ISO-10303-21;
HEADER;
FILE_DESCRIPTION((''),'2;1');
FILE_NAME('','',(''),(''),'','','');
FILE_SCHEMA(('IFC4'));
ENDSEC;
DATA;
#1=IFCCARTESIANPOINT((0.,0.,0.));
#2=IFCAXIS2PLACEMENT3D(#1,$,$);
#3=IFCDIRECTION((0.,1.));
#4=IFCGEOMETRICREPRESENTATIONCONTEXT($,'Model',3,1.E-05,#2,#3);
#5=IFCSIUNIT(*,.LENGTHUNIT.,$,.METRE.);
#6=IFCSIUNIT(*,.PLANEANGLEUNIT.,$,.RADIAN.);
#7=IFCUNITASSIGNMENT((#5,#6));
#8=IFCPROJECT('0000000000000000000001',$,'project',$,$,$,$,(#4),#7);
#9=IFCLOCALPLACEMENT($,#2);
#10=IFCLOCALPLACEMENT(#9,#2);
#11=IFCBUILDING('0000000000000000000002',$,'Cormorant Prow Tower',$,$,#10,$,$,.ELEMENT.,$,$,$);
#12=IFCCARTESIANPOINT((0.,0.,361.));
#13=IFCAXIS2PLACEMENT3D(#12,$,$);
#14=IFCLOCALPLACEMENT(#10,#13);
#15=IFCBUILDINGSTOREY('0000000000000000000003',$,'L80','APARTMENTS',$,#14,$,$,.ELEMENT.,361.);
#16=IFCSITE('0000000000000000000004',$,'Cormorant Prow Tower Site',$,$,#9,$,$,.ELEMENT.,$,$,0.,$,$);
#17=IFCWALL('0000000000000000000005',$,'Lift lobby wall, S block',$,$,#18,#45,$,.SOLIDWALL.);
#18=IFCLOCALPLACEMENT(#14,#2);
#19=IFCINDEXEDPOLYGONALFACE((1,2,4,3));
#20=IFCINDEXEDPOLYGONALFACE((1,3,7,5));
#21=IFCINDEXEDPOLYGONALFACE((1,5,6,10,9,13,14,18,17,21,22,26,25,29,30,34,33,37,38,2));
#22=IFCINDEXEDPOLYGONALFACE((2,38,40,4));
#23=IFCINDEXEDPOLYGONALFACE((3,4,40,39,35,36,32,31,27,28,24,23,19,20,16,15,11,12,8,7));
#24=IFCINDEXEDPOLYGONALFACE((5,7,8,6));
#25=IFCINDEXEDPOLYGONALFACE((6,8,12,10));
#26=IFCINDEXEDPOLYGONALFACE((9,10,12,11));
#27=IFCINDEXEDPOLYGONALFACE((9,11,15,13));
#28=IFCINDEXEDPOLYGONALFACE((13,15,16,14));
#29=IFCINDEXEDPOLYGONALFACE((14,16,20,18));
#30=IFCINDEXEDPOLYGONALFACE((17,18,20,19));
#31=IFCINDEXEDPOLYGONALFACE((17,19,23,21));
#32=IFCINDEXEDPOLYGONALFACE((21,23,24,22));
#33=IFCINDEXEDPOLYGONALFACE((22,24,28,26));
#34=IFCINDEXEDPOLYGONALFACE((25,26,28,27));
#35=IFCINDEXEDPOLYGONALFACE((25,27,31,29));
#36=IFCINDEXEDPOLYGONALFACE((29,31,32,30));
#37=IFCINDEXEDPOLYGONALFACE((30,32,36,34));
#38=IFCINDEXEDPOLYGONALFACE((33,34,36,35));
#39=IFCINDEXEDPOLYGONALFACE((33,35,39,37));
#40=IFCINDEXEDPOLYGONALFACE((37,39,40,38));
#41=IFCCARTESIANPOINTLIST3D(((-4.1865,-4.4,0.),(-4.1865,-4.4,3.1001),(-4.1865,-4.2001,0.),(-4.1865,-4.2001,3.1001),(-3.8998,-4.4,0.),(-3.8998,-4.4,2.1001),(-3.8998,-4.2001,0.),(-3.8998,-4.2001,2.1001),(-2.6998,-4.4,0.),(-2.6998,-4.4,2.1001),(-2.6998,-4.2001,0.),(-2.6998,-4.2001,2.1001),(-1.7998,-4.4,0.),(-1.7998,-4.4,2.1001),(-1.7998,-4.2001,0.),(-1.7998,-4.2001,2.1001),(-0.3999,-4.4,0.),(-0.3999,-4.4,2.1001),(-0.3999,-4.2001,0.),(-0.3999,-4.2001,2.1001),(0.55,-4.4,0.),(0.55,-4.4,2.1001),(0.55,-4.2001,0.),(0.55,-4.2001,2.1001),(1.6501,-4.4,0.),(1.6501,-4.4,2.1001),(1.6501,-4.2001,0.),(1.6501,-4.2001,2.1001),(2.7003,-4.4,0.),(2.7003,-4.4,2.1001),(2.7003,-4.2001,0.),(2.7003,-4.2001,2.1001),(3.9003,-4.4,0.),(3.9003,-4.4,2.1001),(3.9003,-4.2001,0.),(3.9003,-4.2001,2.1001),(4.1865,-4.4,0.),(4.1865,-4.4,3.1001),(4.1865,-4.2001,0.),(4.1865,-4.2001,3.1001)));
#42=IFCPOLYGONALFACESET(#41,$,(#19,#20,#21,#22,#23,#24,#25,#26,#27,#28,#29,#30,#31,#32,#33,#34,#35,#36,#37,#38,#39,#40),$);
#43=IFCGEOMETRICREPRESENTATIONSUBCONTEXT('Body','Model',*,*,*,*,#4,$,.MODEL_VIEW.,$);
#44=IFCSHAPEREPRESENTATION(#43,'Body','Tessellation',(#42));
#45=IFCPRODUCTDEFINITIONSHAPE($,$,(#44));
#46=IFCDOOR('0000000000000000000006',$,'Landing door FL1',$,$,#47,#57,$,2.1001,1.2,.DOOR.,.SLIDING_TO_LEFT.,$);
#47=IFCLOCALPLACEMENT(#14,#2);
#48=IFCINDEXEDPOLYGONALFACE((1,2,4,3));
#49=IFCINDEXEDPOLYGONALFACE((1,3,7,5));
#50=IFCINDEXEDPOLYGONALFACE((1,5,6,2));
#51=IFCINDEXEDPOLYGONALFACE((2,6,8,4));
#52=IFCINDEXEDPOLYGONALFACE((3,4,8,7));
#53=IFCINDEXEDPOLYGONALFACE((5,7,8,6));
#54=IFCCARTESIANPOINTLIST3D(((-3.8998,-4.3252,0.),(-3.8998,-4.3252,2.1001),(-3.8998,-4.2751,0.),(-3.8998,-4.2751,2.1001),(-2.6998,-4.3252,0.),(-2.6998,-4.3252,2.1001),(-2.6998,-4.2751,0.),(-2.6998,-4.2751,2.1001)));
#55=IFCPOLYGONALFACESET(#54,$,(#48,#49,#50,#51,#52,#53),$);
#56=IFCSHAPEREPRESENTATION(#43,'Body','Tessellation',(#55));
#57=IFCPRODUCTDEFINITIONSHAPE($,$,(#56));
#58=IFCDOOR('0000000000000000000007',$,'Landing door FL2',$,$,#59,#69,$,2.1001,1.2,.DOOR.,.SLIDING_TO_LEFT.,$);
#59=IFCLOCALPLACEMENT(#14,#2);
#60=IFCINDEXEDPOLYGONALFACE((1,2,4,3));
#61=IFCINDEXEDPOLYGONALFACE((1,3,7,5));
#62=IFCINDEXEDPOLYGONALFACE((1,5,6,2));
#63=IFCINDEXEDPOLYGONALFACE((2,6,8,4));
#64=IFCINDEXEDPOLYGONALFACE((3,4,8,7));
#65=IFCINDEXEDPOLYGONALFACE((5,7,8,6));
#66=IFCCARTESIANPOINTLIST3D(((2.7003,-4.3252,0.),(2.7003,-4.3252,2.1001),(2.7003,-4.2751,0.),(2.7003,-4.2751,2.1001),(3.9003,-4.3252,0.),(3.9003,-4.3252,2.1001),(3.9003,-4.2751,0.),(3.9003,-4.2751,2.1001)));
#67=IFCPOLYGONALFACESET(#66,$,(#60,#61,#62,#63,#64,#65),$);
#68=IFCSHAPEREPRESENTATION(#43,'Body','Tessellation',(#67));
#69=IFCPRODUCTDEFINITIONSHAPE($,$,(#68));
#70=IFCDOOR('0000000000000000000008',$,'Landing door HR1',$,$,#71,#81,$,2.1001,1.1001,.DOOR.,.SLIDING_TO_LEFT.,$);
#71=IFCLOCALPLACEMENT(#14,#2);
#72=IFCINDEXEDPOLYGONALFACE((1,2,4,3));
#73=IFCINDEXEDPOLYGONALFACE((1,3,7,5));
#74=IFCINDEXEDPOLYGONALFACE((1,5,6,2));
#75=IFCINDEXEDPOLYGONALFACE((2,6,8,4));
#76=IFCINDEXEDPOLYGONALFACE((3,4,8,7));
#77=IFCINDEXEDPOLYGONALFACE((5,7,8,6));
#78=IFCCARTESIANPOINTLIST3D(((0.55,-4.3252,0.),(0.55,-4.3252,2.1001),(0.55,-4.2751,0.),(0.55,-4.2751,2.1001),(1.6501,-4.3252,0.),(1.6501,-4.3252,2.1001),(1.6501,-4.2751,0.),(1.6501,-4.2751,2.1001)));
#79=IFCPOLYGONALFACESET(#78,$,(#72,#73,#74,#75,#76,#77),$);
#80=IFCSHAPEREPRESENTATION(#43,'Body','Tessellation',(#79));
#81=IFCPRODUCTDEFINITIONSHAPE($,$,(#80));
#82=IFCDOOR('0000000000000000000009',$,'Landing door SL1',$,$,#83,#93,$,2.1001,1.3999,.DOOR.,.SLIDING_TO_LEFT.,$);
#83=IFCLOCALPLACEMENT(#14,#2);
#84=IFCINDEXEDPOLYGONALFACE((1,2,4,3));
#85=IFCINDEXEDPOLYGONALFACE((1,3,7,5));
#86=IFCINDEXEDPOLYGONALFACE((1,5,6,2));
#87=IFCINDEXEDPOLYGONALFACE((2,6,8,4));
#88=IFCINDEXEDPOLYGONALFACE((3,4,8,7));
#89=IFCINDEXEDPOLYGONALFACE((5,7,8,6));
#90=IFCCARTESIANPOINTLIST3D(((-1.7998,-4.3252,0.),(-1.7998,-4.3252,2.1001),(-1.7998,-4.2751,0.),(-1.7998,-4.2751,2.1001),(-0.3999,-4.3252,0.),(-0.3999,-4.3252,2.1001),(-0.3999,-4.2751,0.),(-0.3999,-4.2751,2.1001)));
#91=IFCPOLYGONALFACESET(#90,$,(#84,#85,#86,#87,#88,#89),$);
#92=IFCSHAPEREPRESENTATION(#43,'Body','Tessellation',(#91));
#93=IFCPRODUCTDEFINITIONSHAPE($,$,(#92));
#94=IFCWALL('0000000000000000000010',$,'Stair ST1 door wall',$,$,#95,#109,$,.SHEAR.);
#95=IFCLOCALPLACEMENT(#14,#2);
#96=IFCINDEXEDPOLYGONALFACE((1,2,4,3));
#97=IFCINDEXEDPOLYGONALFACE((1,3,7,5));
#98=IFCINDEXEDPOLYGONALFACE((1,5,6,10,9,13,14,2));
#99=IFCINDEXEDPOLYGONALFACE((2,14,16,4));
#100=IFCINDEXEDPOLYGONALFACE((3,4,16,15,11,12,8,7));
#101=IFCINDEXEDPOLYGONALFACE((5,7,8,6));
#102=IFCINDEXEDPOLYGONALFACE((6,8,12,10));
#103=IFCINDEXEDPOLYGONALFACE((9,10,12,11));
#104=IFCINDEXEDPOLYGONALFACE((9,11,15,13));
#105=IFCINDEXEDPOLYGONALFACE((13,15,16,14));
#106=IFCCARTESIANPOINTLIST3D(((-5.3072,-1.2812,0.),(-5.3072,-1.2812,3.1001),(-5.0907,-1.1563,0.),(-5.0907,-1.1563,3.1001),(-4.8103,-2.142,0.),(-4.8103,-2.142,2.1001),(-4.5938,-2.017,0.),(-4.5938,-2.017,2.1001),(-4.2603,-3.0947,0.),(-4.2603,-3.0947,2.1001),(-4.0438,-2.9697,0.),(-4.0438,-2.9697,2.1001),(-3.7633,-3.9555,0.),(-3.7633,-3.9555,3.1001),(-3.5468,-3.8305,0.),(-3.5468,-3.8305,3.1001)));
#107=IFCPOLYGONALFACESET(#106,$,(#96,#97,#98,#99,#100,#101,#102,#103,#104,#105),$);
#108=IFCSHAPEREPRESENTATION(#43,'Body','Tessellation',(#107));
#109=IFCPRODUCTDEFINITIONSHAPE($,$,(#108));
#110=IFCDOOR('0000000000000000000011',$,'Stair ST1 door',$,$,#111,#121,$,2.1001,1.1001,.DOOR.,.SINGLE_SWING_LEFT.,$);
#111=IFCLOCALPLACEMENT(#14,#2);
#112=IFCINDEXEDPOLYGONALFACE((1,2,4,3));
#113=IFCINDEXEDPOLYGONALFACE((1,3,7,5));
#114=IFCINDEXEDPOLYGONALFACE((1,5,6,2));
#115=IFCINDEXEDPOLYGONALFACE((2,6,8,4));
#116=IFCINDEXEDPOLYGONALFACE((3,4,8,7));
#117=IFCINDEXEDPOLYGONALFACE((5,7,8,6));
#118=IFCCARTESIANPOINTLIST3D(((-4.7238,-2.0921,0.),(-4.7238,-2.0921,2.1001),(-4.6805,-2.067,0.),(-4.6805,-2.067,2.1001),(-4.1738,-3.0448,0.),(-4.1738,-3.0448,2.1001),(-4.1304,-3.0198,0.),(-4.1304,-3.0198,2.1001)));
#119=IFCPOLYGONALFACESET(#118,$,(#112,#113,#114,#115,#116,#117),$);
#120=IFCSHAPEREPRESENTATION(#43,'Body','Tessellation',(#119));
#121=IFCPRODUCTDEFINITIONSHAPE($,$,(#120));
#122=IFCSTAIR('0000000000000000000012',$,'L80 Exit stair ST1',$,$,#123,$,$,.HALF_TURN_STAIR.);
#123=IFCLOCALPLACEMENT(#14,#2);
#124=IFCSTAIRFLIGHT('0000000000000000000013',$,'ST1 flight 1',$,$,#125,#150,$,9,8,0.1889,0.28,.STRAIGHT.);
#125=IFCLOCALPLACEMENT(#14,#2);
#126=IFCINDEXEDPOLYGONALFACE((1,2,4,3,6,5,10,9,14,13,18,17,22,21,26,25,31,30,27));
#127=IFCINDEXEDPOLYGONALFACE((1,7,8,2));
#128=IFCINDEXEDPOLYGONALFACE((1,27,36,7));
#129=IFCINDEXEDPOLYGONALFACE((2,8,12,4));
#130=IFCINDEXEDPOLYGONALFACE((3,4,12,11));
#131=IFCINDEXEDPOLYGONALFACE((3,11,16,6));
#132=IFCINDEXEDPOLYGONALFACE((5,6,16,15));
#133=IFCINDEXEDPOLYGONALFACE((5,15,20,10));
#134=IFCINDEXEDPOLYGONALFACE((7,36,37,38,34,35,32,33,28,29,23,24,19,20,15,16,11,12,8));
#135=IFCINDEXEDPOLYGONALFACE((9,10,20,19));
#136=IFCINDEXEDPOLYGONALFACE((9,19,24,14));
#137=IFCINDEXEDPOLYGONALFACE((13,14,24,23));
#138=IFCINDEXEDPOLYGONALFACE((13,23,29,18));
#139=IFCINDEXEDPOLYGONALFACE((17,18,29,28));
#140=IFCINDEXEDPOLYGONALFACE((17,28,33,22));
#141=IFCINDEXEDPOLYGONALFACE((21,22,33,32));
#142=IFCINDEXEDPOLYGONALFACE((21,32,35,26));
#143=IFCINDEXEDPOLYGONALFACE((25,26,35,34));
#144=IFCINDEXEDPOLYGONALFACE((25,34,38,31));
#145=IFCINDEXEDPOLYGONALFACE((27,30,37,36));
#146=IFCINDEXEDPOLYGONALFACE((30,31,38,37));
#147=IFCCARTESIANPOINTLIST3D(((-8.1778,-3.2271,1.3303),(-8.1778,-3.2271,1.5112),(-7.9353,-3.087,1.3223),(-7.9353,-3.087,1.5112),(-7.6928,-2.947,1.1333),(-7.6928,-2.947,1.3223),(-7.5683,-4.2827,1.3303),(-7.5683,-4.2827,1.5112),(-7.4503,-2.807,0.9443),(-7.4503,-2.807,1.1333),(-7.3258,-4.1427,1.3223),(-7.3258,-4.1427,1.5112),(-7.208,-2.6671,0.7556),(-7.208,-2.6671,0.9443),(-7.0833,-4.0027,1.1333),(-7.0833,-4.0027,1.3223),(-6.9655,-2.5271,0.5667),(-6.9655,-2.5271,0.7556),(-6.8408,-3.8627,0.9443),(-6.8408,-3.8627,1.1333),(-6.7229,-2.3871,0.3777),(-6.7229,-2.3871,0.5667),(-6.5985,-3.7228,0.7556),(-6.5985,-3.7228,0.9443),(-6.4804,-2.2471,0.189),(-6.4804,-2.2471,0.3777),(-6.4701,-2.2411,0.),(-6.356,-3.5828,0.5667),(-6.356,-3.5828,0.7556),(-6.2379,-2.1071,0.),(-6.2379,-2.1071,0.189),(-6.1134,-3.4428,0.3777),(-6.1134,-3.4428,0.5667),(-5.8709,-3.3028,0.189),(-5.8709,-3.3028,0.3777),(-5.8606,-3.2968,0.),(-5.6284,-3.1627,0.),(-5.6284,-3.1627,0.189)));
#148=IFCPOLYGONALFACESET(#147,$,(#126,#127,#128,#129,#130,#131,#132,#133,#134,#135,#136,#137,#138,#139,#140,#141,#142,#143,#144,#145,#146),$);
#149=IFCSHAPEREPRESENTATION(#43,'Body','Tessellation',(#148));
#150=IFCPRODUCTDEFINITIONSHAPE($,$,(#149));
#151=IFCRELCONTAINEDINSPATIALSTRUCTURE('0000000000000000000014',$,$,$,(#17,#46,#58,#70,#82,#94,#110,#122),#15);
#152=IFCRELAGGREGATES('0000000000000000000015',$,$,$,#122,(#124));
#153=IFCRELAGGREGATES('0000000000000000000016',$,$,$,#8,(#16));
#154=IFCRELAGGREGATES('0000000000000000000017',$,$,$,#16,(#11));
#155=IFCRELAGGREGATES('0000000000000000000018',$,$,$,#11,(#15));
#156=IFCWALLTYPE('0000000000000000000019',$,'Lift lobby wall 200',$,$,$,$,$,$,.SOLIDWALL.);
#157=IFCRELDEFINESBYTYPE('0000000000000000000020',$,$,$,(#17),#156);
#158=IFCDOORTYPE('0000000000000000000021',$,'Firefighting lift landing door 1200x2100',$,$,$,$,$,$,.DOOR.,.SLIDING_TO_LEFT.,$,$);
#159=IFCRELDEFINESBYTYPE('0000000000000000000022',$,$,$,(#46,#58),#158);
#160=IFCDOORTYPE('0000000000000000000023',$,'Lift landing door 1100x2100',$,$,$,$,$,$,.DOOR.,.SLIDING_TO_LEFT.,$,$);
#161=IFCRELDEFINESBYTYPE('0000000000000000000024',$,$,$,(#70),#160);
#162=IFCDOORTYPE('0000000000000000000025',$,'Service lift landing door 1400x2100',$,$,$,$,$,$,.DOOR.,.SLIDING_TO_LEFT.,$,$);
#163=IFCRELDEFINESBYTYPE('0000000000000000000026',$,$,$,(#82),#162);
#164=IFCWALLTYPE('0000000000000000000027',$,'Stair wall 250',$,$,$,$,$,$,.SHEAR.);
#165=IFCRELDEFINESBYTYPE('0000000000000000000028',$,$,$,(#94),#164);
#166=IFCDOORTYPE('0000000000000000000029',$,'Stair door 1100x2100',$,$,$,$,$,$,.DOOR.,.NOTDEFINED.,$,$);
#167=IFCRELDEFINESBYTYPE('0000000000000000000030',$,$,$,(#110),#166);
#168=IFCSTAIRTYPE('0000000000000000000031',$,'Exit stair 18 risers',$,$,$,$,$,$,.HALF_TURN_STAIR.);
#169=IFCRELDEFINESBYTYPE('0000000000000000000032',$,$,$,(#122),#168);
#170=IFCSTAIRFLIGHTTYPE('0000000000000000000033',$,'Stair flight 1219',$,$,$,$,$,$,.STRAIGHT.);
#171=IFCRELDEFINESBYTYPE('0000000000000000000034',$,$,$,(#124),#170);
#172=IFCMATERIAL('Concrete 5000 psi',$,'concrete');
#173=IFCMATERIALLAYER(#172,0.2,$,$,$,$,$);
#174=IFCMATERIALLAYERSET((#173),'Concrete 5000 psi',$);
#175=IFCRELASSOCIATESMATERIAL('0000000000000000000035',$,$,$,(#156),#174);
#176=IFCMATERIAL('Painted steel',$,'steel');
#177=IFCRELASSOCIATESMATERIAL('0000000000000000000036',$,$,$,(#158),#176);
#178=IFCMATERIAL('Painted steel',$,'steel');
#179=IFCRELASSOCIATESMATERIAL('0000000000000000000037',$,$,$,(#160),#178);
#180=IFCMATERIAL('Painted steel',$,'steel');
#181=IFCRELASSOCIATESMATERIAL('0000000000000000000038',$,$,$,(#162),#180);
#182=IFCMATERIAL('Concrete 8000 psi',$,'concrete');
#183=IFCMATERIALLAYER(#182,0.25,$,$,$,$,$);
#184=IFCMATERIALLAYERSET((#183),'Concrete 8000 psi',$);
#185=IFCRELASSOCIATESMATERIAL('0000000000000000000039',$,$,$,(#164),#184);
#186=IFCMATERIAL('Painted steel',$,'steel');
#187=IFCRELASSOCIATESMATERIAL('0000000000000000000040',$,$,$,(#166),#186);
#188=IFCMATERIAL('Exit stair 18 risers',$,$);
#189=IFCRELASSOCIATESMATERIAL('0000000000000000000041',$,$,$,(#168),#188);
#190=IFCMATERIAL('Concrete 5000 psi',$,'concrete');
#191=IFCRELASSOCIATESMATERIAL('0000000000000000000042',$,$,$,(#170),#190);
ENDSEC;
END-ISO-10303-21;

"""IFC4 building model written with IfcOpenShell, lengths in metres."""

from ifc_helpers import new_model, si_unit, direction, frame, frame_2d, origin, place, context, subcontext, project, spatial, polyline, rectangle, outline, extrude, material, layer, layer_set, type_object, element, fill, aggregate, save


model = new_model("IFC4")

# Units and contexts
model_context = context("Model", 3, precision=1e-05, world=origin(), true_north=direction((0.0, 1.0)))
body_context = subcontext(model_context, "Body", "Model", "MODEL_VIEW")
ifc_project = project(units=[si_unit("LENGTHUNIT", "METRE"), si_unit("PLANEANGLEUNIT", "RADIAN")], contexts=[model_context])

# Site, building, storey
site_placement = place(None, origin())
site = spatial("IfcSite", under=ifc_project, at=site_placement, Name="Cormorant Prow Tower Site", CompositionType="ELEMENT", RefElevation=0.0)
building_placement = place(site_placement, origin())
building = spatial("IfcBuilding", under=site, at=building_placement, Name="Cormorant Prow Tower", CompositionType="ELEMENT")
storey_placement = place(building_placement, frame((0.0, 0.0, 361.0)))
storey = spatial("IfcBuildingStorey", under=building, at=storey_placement, Name="L80", Description="APARTMENTS", CompositionType="ELEMENT", Elevation=361.0)

# Wall, openings, doors
ifc_material_1 = material(Name="Concrete 5000 psi", Category="concrete")
ifc_layer_1 = layer(ifc_material_1, 0.2)
ifc_layer_set_1 = layer_set([ifc_layer_1], Name="Concrete 5000 psi")
wall_type_1 = type_object("IfcWallType", Name="Lift lobby wall 200", PredefinedType="SOLIDWALL", material=ifc_layer_set_1)
wall_1_placement = place(storey_placement, frame((-4.1865, -4.3, 0.0), z_axis=(0.0, 0.0, 1.0), x_axis=(1.0, 0.0, 0.0)))
wall_1 = element("IfcWall", 1, at=wall_1_placement, inside=storey, type_object=wall_type_1, Name="Lift lobby wall, S block", PredefinedType="SOLIDWALL", context=body_context, shape_type="SweptSolid", body=[
    extrude(rectangle(XDim=8.373, YDim=0.2, at=frame_2d((4.1865, 0.0))), origin(), (0.0, 0.0, 1.0), 3.1001),
])
opening_1_placement = place(wall_1_placement, frame((0.2866, 0.0, 0.0)))
opening_1 = element("IfcOpeningElement", 2, at=opening_1_placement, cuts=wall_1, PredefinedType="OPENING", context=body_context, shape_type="SweptSolid", body=[
    extrude(rectangle(XDim=1.2, YDim=2.1001, at=frame_2d((0.6001, 1.05))), frame((0.0, 0.1099, 0.0), z_axis=(0.0, -1.0, 0.0), x_axis=(1.0, 0.0, 0.0)), (0.0, 0.0, 1.0), 0.22),
])
opening_2_placement = place(wall_1_placement, frame((2.3867, 0.0, 0.0)))
opening_2 = element("IfcOpeningElement", 3, at=opening_2_placement, cuts=wall_1, PredefinedType="OPENING", context=body_context, shape_type="SweptSolid", body=[
    extrude(rectangle(XDim=1.3999, YDim=2.1001, at=frame_2d((0.7, 1.05))), frame((0.0, 0.1099, 0.0), z_axis=(0.0, -1.0, 0.0), x_axis=(1.0, 0.0, 0.0)), (0.0, 0.0, 1.0), 0.22),
])
opening_3_placement = place(wall_1_placement, frame((4.7366, 0.0, 0.0)))
opening_3 = element("IfcOpeningElement", 4, at=opening_3_placement, cuts=wall_1, PredefinedType="OPENING", context=body_context, shape_type="SweptSolid", body=[
    extrude(rectangle(XDim=1.1001, YDim=2.1001, at=frame_2d((0.55, 1.05))), frame((0.0, 0.1099, 0.0), z_axis=(0.0, -1.0, 0.0), x_axis=(1.0, 0.0, 0.0)), (0.0, 0.0, 1.0), 0.22),
])
opening_4_placement = place(wall_1_placement, frame((6.8867, 0.0, 0.0)))
opening_4 = element("IfcOpeningElement", 5, at=opening_4_placement, cuts=wall_1, PredefinedType="OPENING", context=body_context, shape_type="SweptSolid", body=[
    extrude(rectangle(XDim=1.2, YDim=2.1001, at=frame_2d((0.6001, 1.05))), frame((0.0, 0.1099, 0.0), z_axis=(0.0, -1.0, 0.0), x_axis=(1.0, 0.0, 0.0)), (0.0, 0.0, 1.0), 0.22),
])
ifc_material_2 = material(Name="Painted steel", Category="steel")
door_type_1 = type_object("IfcDoorType", Name="Firefighting lift landing door 1200x2100", OperationType="SLIDING_TO_LEFT", PredefinedType="DOOR", material=ifc_material_2)
door_1_placement = place(opening_1_placement, origin())
door_1 = element("IfcDoor", 6, at=door_1_placement, inside=storey, type_object=door_type_1, Name="Landing door FL1", OperationType="SLIDING_TO_LEFT", OverallHeight=2.1001, OverallWidth=1.2, PredefinedType="DOOR", context=body_context, shape_type="SweptSolid", body=[
    extrude(rectangle(XDim=1.2, YDim=2.1001, at=frame_2d((0.6001, 1.05))), frame((0.0, 0.0249, 0.0), z_axis=(0.0, -1.0, 0.0), x_axis=(1.0, 0.0, 0.0)), (0.0, 0.0, 1.0), 0.05),
])
fill(opening_1, door_1)
door_2_placement = place(opening_4_placement, origin())
door_2 = element("IfcDoor", 7, at=door_2_placement, inside=storey, type_object=door_type_1, Name="Landing door FL2", OperationType="SLIDING_TO_LEFT", OverallHeight=2.1001, OverallWidth=1.2, PredefinedType="DOOR", context=body_context, shape_type="SweptSolid", body=[
    extrude(rectangle(XDim=1.2, YDim=2.1001, at=frame_2d((0.6001, 1.05))), frame((0.0, 0.0249, 0.0), z_axis=(0.0, -1.0, 0.0), x_axis=(1.0, 0.0, 0.0)), (0.0, 0.0, 1.0), 0.05),
])
fill(opening_4, door_2)
ifc_material_3 = material(Name="Painted steel", Category="steel")
door_type_2 = type_object("IfcDoorType", Name="Lift landing door 1100x2100", OperationType="SLIDING_TO_LEFT", PredefinedType="DOOR", material=ifc_material_3)
door_3_placement = place(opening_3_placement, origin())
door_3 = element("IfcDoor", 8, at=door_3_placement, inside=storey, type_object=door_type_2, Name="Landing door HR1", OperationType="SLIDING_TO_LEFT", OverallHeight=2.1001, OverallWidth=1.1001, PredefinedType="DOOR", context=body_context, shape_type="SweptSolid", body=[
    extrude(rectangle(XDim=1.1001, YDim=2.1001, at=frame_2d((0.55, 1.05))), frame((0.0, 0.0249, 0.0), z_axis=(0.0, -1.0, 0.0), x_axis=(1.0, 0.0, 0.0)), (0.0, 0.0, 1.0), 0.05),
])
fill(opening_3, door_3)
ifc_material_4 = material(Name="Painted steel", Category="steel")
door_type_3 = type_object("IfcDoorType", Name="Service lift landing door 1400x2100", OperationType="SLIDING_TO_LEFT", PredefinedType="DOOR", material=ifc_material_4)
door_4_placement = place(opening_2_placement, origin())
door_4 = element("IfcDoor", 9, at=door_4_placement, inside=storey, type_object=door_type_3, Name="Landing door SL1", OperationType="SLIDING_TO_LEFT", OverallHeight=2.1001, OverallWidth=1.3999, PredefinedType="DOOR", context=body_context, shape_type="SweptSolid", body=[
    extrude(rectangle(XDim=1.3999, YDim=2.1001, at=frame_2d((0.7, 1.05))), frame((0.0, 0.0249, 0.0), z_axis=(0.0, -1.0, 0.0), x_axis=(1.0, 0.0, 0.0)), (0.0, 0.0, 1.0), 0.05),
])
fill(opening_2, door_4)

# Wall, opening, door
ifc_material_5 = material(Name="Concrete 8000 psi", Category="concrete")
ifc_layer_2 = layer(ifc_material_5, 0.25)
ifc_layer_set_2 = layer_set([ifc_layer_2], Name="Concrete 8000 psi")
wall_type_2 = type_object("IfcWallType", Name="Stair wall 250", PredefinedType="SHEAR", material=ifc_layer_set_2)
wall_2_placement = place(storey_placement, frame((-5.199, -1.2188, 0.0), z_axis=(0.0, 0.0, 1.0), x_axis=(0.499983, -0.866035, 0.0)))
wall_2 = element("IfcWall", 10, at=wall_2_placement, inside=storey, type_object=wall_type_2, Name="Stair ST1 door wall", PredefinedType="SHEAR", context=body_context, shape_type="SweptSolid", body=[
    extrude(rectangle(XDim=3.0879, YDim=0.25, at=frame_2d((1.5439, 0.0))), origin(), (0.0, 0.0, 1.0), 3.1001),
])
opening_5_placement = place(wall_2_placement, frame((0.9939, 0.0, 0.0)))
opening_5 = element("IfcOpeningElement", 11, at=opening_5_placement, cuts=wall_2, PredefinedType="OPENING", context=body_context, shape_type="SweptSolid", body=[
    extrude(rectangle(XDim=1.1001, YDim=2.1001, at=frame_2d((0.55, 1.05))), frame((0.0, 0.135, 0.0), z_axis=(0.0, -1.0, 0.0), x_axis=(1.0, 0.0, 0.0)), (0.0, 0.0, 1.0), 0.27),
])
ifc_material_6 = material(Name="Painted steel", Category="steel")
door_type_4 = type_object("IfcDoorType", Name="Stair door 1100x2100", OperationType="NOTDEFINED", PredefinedType="DOOR", material=ifc_material_6)
door_5_placement = place(opening_5_placement, origin())
door_5 = element("IfcDoor", 12, at=door_5_placement, inside=storey, type_object=door_type_4, Name="Stair ST1 door", OperationType="SINGLE_SWING_LEFT", OverallHeight=2.1001, OverallWidth=1.1001, PredefinedType="DOOR", context=body_context, shape_type="SweptSolid", body=[
    extrude(rectangle(XDim=1.1001, YDim=2.1001, at=frame_2d((0.55, 1.05))), frame((0.0, 0.0249, 0.0), z_axis=(0.0, -1.0, 0.0), x_axis=(1.0, 0.0, 0.0)), (0.0, 0.0, 1.0), 0.05),
])
fill(opening_5, door_5)

# Stair, stair flight
ifc_material_7 = material(Name="Exit stair 18 risers")
stair_type = type_object("IfcStairType", Name="Exit stair 18 risers", PredefinedType="HALF_TURN_STAIR", material=ifc_material_7)
stair_placement = place(storey_placement, origin())
stair = element("IfcStair", 13, at=stair_placement, inside=storey, type_object=stair_type, Name="L80 Exit stair ST1", PredefinedType="HALF_TURN_STAIR")
ifc_material_8 = material(Name="Concrete 5000 psi", Category="concrete")
stair_flight_type = type_object("IfcStairFlightType", Name="Stair flight 1219", PredefinedType="STRAIGHT", material=ifc_material_8)
stair_flight_placement = place(storey_placement, frame((-5.9331, -2.635, 0.0), z_axis=(0.0, 0.0, 1.0), x_axis=(-0.866025, -0.5, 0.0)))
stair_flight = element("IfcStairFlight", 14, at=stair_flight_placement, type_object=stair_flight_type, Name="ST1 flight 1", NumberOfRisers=9, NumberOfTreads=8, PredefinedType="STRAIGHT", RiserHeight=0.1889, TreadLength=0.28, context=body_context, shape_type="SweptSolid", body=[
    extrude(outline(polyline([(0.0, 0.0), (0.0, 0.189), (0.28, 0.189), (0.28, 0.3777), (0.5601, 0.3777), (0.5601, 0.5667), (0.8401, 0.5667), (0.8401, 0.7556), (1.1201, 0.7556), (1.1201, 0.9443), (1.3999, 0.9443), (1.3999, 1.1333), (1.6799, 1.1333), (1.6799, 1.3223), (1.96, 1.3223), (1.96, 1.5112), (2.24, 1.5112), (2.24, 1.7), (2.24, 1.3303), (0.2681, 0.0), (0.0, 0.0)])), frame((0.0, 0.6094, 0.0), z_axis=(0.0, -1.0, 0.0), x_axis=(1.0, 0.0, 0.0)), (0.0, 0.0, 1.0), 1.219),
])
aggregate(stair, [stair_flight])

save(model, "model.ifc")
